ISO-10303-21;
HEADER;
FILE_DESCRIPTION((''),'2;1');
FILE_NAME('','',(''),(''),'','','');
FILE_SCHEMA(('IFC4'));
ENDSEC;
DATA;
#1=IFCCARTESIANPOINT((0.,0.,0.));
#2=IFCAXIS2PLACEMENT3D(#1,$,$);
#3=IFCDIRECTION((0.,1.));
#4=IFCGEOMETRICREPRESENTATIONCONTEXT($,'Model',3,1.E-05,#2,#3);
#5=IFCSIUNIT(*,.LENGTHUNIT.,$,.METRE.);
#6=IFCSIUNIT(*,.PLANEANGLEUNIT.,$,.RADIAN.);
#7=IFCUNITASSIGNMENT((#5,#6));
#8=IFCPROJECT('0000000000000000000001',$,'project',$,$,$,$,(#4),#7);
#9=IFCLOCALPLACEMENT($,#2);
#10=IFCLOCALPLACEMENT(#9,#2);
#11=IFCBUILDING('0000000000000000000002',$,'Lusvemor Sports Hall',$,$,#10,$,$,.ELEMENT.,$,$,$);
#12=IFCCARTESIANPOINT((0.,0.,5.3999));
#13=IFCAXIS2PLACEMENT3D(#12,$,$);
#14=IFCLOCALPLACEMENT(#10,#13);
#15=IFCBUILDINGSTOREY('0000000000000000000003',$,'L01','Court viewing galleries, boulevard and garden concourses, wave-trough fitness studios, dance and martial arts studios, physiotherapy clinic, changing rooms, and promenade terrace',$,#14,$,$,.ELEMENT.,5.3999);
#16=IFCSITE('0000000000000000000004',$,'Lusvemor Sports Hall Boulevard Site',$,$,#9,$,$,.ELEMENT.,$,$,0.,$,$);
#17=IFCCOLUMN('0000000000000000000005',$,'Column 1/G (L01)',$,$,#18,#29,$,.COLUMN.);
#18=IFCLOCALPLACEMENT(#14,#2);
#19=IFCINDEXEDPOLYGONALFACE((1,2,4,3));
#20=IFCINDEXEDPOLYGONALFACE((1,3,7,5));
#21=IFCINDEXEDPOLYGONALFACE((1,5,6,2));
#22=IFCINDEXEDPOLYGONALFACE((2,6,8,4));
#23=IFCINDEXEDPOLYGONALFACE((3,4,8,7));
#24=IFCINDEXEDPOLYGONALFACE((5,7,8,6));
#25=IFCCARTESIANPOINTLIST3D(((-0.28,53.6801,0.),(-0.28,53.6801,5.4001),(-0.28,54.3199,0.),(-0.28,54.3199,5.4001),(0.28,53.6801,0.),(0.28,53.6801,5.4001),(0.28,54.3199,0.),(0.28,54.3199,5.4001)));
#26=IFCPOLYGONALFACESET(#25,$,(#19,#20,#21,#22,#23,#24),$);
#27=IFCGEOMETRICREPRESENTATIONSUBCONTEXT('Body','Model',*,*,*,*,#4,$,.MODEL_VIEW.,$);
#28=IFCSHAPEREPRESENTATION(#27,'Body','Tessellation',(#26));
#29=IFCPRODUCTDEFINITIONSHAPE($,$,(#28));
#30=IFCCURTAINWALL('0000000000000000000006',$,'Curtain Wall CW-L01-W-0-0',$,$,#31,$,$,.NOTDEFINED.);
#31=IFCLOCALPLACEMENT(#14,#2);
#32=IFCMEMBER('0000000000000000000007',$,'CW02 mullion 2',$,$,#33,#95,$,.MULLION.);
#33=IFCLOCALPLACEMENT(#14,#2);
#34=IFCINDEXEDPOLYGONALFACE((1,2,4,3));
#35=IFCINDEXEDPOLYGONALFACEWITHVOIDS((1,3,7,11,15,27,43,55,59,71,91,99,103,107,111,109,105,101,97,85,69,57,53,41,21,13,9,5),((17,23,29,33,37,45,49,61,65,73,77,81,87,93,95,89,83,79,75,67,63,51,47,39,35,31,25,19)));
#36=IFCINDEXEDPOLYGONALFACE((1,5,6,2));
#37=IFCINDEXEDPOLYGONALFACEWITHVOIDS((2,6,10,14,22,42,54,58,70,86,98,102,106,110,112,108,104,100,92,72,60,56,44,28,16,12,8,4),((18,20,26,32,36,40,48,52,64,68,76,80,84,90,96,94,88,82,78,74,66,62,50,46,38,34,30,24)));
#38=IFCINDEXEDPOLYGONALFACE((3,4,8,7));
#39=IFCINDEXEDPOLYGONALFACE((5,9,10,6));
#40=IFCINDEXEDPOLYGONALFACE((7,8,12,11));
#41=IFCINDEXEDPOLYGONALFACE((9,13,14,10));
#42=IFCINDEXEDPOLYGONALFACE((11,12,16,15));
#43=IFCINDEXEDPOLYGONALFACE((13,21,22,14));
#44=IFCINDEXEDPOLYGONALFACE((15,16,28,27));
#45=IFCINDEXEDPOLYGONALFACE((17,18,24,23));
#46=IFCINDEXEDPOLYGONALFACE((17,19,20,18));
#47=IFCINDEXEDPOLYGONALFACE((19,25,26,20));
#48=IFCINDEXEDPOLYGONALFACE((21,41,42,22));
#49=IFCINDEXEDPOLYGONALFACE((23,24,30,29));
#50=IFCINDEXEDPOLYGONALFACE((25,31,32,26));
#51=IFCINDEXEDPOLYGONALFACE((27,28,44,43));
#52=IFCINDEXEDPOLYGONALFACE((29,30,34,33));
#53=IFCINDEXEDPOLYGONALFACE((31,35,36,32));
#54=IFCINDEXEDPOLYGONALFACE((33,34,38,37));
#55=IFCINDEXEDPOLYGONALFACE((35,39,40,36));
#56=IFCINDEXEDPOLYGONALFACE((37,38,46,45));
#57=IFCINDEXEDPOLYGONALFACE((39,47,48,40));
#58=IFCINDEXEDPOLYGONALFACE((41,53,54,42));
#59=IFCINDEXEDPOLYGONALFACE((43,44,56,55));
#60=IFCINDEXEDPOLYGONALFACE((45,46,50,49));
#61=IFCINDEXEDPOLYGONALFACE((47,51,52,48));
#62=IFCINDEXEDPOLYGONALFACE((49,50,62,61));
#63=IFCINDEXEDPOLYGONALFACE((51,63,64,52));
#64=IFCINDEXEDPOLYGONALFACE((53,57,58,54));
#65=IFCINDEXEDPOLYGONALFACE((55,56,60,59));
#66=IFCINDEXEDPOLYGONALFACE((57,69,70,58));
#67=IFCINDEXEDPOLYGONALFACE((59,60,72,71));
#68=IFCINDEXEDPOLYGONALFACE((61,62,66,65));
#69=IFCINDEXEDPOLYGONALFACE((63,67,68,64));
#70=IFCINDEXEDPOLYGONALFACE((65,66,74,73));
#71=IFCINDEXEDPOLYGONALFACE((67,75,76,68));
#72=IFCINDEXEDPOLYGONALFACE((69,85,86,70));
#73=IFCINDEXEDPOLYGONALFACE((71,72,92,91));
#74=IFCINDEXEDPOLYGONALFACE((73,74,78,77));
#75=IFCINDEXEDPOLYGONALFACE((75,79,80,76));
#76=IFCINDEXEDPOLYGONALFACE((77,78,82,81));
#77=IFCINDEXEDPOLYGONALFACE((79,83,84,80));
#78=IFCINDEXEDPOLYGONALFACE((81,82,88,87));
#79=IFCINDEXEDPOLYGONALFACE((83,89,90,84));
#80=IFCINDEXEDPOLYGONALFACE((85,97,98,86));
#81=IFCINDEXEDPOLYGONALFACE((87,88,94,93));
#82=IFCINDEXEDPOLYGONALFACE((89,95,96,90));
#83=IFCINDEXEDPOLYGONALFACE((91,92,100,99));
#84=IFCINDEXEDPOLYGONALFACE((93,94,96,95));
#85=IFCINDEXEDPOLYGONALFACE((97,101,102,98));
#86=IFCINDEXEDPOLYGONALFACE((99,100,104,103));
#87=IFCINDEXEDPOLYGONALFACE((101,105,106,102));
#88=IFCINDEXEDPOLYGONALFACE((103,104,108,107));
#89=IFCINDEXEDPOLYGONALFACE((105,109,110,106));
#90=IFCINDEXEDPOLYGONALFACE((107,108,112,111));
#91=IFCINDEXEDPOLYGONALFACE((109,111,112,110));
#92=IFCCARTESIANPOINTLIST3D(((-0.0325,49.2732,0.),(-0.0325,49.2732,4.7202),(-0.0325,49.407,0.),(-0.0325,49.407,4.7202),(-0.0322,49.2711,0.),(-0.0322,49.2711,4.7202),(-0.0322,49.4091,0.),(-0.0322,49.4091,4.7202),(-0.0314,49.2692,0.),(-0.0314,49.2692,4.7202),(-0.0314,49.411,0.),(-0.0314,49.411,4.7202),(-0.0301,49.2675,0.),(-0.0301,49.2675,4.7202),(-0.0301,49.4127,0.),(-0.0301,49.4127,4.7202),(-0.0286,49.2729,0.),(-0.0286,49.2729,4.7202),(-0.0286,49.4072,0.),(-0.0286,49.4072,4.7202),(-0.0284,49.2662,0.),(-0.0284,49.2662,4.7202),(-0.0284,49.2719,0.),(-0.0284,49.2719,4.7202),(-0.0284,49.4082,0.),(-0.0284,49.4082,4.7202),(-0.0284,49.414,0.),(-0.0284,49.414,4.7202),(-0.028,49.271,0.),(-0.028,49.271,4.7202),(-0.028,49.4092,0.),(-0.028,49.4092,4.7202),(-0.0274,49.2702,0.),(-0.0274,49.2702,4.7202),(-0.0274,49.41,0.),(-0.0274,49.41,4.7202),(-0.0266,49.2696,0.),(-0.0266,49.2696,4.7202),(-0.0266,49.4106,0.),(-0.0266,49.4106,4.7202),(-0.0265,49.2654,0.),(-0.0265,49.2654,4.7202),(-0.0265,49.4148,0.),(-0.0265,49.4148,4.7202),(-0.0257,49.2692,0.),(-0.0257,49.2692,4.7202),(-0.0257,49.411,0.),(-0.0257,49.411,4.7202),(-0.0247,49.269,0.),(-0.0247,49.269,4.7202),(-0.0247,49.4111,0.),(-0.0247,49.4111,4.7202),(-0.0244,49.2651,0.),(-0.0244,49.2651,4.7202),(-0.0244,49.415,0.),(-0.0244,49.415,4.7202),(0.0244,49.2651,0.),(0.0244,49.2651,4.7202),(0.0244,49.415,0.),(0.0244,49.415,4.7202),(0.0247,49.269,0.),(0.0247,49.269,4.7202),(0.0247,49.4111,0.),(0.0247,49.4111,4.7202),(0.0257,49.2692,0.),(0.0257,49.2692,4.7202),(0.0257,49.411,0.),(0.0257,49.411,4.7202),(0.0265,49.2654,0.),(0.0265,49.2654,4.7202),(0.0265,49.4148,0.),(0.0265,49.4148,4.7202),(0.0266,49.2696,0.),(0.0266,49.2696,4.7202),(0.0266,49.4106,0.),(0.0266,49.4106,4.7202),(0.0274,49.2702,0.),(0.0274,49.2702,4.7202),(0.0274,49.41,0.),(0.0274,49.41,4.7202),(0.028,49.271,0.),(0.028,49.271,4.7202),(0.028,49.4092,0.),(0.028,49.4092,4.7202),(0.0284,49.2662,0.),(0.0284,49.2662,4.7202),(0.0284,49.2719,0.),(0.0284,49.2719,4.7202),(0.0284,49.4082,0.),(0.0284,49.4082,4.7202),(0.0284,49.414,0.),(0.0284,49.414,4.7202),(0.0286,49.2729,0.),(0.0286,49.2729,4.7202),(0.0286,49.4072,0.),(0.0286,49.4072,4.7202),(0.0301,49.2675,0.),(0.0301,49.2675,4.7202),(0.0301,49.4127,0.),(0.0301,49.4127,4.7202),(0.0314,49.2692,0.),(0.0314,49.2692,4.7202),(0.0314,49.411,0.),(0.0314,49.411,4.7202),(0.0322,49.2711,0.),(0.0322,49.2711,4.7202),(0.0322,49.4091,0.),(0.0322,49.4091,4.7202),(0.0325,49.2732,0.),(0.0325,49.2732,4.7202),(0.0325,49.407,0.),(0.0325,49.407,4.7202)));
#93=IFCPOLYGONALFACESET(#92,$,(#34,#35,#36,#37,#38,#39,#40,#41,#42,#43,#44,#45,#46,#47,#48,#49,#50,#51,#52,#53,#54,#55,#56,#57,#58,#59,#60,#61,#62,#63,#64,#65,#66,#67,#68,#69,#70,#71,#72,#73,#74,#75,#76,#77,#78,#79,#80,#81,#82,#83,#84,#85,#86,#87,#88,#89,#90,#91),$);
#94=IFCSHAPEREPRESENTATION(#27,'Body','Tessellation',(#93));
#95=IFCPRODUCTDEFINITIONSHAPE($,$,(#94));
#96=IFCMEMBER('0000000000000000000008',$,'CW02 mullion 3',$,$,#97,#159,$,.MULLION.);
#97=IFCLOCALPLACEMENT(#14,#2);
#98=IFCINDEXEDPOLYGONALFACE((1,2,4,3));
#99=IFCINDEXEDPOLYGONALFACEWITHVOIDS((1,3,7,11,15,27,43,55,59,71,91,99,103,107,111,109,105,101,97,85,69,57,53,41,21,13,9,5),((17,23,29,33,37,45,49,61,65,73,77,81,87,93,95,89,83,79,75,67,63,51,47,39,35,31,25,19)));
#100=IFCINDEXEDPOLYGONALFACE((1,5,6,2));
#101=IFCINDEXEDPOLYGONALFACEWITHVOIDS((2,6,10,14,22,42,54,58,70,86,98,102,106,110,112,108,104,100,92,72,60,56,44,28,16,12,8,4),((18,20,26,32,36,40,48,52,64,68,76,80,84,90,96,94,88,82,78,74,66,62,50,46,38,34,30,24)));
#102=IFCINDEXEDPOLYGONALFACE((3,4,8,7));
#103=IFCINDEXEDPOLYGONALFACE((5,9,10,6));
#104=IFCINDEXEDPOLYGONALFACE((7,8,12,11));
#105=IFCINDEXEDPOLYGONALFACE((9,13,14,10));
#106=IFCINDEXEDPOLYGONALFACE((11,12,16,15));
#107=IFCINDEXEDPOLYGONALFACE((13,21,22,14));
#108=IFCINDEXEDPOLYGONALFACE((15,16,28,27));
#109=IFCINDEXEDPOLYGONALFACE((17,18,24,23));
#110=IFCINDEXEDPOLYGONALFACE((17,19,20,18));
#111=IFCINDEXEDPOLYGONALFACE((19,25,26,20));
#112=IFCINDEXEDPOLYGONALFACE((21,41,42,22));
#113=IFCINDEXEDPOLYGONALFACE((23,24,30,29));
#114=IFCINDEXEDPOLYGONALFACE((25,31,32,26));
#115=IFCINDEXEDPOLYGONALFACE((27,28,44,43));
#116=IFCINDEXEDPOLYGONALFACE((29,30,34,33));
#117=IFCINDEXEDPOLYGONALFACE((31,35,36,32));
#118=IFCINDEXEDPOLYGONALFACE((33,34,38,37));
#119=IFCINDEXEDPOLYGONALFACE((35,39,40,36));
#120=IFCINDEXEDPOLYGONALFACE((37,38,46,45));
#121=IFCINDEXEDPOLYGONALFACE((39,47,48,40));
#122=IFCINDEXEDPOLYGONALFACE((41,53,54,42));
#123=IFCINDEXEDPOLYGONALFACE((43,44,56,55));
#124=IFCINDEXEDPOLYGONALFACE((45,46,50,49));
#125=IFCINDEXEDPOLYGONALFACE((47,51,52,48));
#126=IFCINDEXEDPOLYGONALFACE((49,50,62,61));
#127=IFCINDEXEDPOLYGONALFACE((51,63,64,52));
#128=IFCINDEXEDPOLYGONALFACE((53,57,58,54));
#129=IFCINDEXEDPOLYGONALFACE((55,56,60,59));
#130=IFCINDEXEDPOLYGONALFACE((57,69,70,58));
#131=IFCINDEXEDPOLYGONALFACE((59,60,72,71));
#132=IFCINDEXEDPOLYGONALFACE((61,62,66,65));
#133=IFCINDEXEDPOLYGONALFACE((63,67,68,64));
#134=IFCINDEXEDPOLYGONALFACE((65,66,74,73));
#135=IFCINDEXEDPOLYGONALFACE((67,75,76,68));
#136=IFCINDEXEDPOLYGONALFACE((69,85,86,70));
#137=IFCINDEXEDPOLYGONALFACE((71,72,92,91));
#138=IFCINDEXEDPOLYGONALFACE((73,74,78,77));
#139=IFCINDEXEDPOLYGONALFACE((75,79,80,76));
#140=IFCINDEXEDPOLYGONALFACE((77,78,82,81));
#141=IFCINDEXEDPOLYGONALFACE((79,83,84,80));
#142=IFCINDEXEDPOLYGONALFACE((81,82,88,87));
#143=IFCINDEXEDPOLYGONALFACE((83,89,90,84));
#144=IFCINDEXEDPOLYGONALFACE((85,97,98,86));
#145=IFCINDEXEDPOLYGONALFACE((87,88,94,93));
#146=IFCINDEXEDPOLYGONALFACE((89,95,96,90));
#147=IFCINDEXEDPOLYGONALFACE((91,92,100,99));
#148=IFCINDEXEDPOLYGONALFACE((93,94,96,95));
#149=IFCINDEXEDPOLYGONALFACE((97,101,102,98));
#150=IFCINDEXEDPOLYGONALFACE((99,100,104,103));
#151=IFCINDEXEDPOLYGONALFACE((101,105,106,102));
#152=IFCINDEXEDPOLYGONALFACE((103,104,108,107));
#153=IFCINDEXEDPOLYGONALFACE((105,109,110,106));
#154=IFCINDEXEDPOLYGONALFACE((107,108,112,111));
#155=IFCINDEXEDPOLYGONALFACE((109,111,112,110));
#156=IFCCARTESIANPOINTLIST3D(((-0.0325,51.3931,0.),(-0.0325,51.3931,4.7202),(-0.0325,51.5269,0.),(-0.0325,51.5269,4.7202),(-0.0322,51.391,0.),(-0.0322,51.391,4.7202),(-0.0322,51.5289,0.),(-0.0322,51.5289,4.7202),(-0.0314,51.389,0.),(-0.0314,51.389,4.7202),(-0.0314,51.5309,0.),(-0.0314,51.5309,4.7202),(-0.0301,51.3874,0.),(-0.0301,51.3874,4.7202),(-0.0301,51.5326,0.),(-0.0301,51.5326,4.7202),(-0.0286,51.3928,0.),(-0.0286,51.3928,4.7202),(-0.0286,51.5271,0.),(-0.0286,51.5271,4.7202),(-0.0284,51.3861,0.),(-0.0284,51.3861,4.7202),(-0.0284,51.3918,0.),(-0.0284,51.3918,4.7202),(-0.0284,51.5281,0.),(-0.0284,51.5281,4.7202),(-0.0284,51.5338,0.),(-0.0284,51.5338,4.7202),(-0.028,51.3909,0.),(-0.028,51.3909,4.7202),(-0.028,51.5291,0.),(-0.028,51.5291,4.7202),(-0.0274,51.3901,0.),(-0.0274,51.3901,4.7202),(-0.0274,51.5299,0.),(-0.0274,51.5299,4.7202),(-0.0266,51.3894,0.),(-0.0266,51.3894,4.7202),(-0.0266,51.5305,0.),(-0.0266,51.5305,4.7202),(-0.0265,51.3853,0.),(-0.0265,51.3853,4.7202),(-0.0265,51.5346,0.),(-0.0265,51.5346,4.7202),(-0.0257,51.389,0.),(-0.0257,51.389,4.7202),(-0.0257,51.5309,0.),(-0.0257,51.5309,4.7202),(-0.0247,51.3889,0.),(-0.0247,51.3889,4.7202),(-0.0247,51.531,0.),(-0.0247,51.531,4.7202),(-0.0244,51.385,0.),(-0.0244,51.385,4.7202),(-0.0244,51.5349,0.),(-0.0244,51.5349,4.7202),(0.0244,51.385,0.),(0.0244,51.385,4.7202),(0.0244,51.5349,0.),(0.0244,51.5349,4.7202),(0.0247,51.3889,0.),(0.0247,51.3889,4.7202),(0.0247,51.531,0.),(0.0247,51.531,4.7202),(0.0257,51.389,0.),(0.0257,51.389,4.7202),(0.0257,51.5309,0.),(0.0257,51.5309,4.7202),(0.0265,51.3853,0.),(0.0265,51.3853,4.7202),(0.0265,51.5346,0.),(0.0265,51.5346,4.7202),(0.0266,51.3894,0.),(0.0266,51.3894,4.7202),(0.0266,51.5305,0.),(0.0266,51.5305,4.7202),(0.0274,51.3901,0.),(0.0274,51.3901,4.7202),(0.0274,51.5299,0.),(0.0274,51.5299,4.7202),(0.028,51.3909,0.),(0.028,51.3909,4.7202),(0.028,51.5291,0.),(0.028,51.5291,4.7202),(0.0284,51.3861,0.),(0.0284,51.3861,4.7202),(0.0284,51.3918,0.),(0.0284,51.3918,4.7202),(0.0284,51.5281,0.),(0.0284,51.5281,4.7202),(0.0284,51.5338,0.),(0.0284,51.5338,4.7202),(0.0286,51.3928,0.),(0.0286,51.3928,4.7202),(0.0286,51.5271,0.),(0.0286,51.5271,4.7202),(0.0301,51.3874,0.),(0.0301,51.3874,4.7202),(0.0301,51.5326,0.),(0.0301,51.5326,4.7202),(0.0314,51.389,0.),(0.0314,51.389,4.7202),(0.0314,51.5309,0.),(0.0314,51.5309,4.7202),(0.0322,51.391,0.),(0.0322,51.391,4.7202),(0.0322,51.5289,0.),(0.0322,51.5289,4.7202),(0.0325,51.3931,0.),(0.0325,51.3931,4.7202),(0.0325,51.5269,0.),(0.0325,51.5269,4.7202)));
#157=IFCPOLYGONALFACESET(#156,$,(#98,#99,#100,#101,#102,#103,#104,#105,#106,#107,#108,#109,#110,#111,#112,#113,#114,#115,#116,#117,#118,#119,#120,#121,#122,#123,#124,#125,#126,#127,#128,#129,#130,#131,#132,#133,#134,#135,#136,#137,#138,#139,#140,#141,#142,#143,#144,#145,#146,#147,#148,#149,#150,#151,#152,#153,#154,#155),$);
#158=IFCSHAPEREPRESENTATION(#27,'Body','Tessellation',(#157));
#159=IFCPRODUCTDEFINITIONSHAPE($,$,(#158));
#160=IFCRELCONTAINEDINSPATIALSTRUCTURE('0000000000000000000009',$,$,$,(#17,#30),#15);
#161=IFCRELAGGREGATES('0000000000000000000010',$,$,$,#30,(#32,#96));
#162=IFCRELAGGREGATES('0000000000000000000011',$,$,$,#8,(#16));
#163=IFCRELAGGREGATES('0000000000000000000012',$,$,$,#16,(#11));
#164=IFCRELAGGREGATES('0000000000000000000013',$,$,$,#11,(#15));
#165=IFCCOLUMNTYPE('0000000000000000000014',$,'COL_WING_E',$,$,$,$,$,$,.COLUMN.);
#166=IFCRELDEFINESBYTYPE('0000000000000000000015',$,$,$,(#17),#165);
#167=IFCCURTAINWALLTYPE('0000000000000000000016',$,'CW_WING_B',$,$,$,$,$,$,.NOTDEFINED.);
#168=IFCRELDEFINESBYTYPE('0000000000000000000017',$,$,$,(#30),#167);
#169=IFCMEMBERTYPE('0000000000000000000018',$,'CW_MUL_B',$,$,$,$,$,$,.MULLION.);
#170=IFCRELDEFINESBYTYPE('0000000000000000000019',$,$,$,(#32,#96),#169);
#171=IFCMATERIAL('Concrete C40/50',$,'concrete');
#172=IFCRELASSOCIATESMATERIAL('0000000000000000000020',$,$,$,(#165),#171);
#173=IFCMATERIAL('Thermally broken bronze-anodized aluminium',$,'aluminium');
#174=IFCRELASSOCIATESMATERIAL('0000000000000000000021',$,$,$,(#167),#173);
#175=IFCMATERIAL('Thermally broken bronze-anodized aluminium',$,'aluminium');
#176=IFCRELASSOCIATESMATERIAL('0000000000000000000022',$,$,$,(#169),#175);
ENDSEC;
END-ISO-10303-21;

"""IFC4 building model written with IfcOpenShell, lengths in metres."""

from ifc_helpers import new_model, si_unit, direction, frame, origin, origin_2d, place, context, subcontext, project, spatial, rectangle, hollow_rectangle, extrude, material, material_profile, profile_set, type_object, element, aggregate, save


model = new_model("IFC4")

# Units and contexts
model_context = context("Model", 3, precision=1e-05, world=origin(), true_north=direction((0.0, 1.0)))
body_context = subcontext(model_context, "Body", "Model", "MODEL_VIEW")
ifc_project = project(units=[si_unit("LENGTHUNIT", "METRE"), si_unit("PLANEANGLEUNIT", "RADIAN")], contexts=[model_context])

# Site, building, storey
site_placement = place(None, origin())
site = spatial("IfcSite", under=ifc_project, at=site_placement, Name="Lusvemor Sports Hall Boulevard Site", CompositionType="ELEMENT", RefElevation=0.0)
building_placement = place(site_placement, origin())
building = spatial("IfcBuilding", under=site, at=building_placement, Name="Lusvemor Sports Hall", CompositionType="ELEMENT")
storey_placement = place(building_placement, frame((0.0, 0.0, 5.3999)))
storey = spatial("IfcBuildingStorey", under=building, at=storey_placement, Name="L01", Description="Court viewing galleries, boulevard and garden concourses, wave-trough fitness studios, dance and martial arts studios, physiotherapy clinic, changing rooms, and promenade terrace", CompositionType="ELEMENT", Elevation=5.3999)

# Column
ifc_material_1 = material(Name="Concrete C40/50", Category="concrete")
ifc_material_profile_1 = material_profile(ifc_material_1, rectangle(XDim=0.5601, YDim=0.6399, at=origin_2d()), Name="RC560x640")
ifc_profile_set_1 = profile_set([ifc_material_profile_1], Name="Concrete C40/50")
column_type = type_object("IfcColumnType", Name="COL_WING_E", PredefinedType="COLUMN", material=ifc_profile_set_1)
column_placement = place(storey_placement, frame((0.0, 54.0, 0.0), z_axis=(0.0, 0.0, 1.0), x_axis=(1.0, 0.0, 0.0)))
element("IfcColumn", 1, at=column_placement, inside=storey, type_object=column_type, Name="Column 1/G (L01)", PredefinedType="COLUMN", context=body_context, shape_type="SweptSolid", body=[
    extrude(rectangle(XDim=0.5601, YDim=0.6399, at=origin_2d()), origin(), (0.0, 0.0, 1.0), 5.4001),
])

# Curtain wall, members
ifc_material_2 = material(Name="Thermally broken bronze-anodized aluminium", Category="aluminium")
curtain_wall_type = type_object("IfcCurtainWallType", Name="CW_WING_B", PredefinedType="NOTDEFINED", material=ifc_material_2)
curtain_wall_1_placement = place(storey_placement, origin())
curtain_wall_1 = element("IfcCurtainWall", 2, at=curtain_wall_1_placement, inside=storey, type_object=curtain_wall_type, Name="Curtain Wall CW-L01-W-0-0", PredefinedType="NOTDEFINED")
ifc_material_3 = material(Name="Thermally broken bronze-anodized aluminium", Category="aluminium")
ifc_material_profile_2 = material_profile(ifc_material_3, hollow_rectangle(XDim=0.0649, YDim=0.1499, WallThickness=0.0039, InnerFilletRadius=0.0039, OuterFilletRadius=0.0081, at=origin_2d()), Name="CWMUL150x65x4")
ifc_profile_set_2 = profile_set([ifc_material_profile_2], Name="Thermally broken bronze-anodized aluminium")
member_type_1 = type_object("IfcMemberType", Name="CW_MUL_B", PredefinedType="MULLION", material=ifc_profile_set_2)
member_1_placement = place(storey_placement, frame((0.0, 49.3401, 0.0), z_axis=(0.0, 0.0, 1.0), x_axis=(-1.0, 0.0, 0.0)))
member_1 = element("IfcMember", 3, at=member_1_placement, type_object=member_type_1, Name="CW02 mullion 2", PredefinedType="MULLION", context=body_context, shape_type="SweptSolid", body=[
    extrude(hollow_rectangle(XDim=0.0649, YDim=0.1499, WallThickness=0.0039, InnerFilletRadius=0.0039, OuterFilletRadius=0.0081, at=origin_2d()), origin(), (0.0, 0.0, 1.0), 4.7202),
])
member_2_placement = place(storey_placement, frame((0.0, 51.46, 0.0), z_axis=(0.0, 0.0, 1.0), x_axis=(-1.0, 0.0, 0.0)))
member_2 = element("IfcMember", 4, at=member_2_placement, type_object=member_type_1, Name="CW02 mullion 3", PredefinedType="MULLION", context=body_context, shape_type="SweptSolid", body=[
    extrude(hollow_rectangle(XDim=0.0649, YDim=0.1499, WallThickness=0.0039, InnerFilletRadius=0.0039, OuterFilletRadius=0.0081, at=origin_2d()), origin(), (0.0, 0.0, 1.0), 4.7202),
])

aggregate(curtain_wall_1, [member_1, member_2])

save(model, "model.ifc")
